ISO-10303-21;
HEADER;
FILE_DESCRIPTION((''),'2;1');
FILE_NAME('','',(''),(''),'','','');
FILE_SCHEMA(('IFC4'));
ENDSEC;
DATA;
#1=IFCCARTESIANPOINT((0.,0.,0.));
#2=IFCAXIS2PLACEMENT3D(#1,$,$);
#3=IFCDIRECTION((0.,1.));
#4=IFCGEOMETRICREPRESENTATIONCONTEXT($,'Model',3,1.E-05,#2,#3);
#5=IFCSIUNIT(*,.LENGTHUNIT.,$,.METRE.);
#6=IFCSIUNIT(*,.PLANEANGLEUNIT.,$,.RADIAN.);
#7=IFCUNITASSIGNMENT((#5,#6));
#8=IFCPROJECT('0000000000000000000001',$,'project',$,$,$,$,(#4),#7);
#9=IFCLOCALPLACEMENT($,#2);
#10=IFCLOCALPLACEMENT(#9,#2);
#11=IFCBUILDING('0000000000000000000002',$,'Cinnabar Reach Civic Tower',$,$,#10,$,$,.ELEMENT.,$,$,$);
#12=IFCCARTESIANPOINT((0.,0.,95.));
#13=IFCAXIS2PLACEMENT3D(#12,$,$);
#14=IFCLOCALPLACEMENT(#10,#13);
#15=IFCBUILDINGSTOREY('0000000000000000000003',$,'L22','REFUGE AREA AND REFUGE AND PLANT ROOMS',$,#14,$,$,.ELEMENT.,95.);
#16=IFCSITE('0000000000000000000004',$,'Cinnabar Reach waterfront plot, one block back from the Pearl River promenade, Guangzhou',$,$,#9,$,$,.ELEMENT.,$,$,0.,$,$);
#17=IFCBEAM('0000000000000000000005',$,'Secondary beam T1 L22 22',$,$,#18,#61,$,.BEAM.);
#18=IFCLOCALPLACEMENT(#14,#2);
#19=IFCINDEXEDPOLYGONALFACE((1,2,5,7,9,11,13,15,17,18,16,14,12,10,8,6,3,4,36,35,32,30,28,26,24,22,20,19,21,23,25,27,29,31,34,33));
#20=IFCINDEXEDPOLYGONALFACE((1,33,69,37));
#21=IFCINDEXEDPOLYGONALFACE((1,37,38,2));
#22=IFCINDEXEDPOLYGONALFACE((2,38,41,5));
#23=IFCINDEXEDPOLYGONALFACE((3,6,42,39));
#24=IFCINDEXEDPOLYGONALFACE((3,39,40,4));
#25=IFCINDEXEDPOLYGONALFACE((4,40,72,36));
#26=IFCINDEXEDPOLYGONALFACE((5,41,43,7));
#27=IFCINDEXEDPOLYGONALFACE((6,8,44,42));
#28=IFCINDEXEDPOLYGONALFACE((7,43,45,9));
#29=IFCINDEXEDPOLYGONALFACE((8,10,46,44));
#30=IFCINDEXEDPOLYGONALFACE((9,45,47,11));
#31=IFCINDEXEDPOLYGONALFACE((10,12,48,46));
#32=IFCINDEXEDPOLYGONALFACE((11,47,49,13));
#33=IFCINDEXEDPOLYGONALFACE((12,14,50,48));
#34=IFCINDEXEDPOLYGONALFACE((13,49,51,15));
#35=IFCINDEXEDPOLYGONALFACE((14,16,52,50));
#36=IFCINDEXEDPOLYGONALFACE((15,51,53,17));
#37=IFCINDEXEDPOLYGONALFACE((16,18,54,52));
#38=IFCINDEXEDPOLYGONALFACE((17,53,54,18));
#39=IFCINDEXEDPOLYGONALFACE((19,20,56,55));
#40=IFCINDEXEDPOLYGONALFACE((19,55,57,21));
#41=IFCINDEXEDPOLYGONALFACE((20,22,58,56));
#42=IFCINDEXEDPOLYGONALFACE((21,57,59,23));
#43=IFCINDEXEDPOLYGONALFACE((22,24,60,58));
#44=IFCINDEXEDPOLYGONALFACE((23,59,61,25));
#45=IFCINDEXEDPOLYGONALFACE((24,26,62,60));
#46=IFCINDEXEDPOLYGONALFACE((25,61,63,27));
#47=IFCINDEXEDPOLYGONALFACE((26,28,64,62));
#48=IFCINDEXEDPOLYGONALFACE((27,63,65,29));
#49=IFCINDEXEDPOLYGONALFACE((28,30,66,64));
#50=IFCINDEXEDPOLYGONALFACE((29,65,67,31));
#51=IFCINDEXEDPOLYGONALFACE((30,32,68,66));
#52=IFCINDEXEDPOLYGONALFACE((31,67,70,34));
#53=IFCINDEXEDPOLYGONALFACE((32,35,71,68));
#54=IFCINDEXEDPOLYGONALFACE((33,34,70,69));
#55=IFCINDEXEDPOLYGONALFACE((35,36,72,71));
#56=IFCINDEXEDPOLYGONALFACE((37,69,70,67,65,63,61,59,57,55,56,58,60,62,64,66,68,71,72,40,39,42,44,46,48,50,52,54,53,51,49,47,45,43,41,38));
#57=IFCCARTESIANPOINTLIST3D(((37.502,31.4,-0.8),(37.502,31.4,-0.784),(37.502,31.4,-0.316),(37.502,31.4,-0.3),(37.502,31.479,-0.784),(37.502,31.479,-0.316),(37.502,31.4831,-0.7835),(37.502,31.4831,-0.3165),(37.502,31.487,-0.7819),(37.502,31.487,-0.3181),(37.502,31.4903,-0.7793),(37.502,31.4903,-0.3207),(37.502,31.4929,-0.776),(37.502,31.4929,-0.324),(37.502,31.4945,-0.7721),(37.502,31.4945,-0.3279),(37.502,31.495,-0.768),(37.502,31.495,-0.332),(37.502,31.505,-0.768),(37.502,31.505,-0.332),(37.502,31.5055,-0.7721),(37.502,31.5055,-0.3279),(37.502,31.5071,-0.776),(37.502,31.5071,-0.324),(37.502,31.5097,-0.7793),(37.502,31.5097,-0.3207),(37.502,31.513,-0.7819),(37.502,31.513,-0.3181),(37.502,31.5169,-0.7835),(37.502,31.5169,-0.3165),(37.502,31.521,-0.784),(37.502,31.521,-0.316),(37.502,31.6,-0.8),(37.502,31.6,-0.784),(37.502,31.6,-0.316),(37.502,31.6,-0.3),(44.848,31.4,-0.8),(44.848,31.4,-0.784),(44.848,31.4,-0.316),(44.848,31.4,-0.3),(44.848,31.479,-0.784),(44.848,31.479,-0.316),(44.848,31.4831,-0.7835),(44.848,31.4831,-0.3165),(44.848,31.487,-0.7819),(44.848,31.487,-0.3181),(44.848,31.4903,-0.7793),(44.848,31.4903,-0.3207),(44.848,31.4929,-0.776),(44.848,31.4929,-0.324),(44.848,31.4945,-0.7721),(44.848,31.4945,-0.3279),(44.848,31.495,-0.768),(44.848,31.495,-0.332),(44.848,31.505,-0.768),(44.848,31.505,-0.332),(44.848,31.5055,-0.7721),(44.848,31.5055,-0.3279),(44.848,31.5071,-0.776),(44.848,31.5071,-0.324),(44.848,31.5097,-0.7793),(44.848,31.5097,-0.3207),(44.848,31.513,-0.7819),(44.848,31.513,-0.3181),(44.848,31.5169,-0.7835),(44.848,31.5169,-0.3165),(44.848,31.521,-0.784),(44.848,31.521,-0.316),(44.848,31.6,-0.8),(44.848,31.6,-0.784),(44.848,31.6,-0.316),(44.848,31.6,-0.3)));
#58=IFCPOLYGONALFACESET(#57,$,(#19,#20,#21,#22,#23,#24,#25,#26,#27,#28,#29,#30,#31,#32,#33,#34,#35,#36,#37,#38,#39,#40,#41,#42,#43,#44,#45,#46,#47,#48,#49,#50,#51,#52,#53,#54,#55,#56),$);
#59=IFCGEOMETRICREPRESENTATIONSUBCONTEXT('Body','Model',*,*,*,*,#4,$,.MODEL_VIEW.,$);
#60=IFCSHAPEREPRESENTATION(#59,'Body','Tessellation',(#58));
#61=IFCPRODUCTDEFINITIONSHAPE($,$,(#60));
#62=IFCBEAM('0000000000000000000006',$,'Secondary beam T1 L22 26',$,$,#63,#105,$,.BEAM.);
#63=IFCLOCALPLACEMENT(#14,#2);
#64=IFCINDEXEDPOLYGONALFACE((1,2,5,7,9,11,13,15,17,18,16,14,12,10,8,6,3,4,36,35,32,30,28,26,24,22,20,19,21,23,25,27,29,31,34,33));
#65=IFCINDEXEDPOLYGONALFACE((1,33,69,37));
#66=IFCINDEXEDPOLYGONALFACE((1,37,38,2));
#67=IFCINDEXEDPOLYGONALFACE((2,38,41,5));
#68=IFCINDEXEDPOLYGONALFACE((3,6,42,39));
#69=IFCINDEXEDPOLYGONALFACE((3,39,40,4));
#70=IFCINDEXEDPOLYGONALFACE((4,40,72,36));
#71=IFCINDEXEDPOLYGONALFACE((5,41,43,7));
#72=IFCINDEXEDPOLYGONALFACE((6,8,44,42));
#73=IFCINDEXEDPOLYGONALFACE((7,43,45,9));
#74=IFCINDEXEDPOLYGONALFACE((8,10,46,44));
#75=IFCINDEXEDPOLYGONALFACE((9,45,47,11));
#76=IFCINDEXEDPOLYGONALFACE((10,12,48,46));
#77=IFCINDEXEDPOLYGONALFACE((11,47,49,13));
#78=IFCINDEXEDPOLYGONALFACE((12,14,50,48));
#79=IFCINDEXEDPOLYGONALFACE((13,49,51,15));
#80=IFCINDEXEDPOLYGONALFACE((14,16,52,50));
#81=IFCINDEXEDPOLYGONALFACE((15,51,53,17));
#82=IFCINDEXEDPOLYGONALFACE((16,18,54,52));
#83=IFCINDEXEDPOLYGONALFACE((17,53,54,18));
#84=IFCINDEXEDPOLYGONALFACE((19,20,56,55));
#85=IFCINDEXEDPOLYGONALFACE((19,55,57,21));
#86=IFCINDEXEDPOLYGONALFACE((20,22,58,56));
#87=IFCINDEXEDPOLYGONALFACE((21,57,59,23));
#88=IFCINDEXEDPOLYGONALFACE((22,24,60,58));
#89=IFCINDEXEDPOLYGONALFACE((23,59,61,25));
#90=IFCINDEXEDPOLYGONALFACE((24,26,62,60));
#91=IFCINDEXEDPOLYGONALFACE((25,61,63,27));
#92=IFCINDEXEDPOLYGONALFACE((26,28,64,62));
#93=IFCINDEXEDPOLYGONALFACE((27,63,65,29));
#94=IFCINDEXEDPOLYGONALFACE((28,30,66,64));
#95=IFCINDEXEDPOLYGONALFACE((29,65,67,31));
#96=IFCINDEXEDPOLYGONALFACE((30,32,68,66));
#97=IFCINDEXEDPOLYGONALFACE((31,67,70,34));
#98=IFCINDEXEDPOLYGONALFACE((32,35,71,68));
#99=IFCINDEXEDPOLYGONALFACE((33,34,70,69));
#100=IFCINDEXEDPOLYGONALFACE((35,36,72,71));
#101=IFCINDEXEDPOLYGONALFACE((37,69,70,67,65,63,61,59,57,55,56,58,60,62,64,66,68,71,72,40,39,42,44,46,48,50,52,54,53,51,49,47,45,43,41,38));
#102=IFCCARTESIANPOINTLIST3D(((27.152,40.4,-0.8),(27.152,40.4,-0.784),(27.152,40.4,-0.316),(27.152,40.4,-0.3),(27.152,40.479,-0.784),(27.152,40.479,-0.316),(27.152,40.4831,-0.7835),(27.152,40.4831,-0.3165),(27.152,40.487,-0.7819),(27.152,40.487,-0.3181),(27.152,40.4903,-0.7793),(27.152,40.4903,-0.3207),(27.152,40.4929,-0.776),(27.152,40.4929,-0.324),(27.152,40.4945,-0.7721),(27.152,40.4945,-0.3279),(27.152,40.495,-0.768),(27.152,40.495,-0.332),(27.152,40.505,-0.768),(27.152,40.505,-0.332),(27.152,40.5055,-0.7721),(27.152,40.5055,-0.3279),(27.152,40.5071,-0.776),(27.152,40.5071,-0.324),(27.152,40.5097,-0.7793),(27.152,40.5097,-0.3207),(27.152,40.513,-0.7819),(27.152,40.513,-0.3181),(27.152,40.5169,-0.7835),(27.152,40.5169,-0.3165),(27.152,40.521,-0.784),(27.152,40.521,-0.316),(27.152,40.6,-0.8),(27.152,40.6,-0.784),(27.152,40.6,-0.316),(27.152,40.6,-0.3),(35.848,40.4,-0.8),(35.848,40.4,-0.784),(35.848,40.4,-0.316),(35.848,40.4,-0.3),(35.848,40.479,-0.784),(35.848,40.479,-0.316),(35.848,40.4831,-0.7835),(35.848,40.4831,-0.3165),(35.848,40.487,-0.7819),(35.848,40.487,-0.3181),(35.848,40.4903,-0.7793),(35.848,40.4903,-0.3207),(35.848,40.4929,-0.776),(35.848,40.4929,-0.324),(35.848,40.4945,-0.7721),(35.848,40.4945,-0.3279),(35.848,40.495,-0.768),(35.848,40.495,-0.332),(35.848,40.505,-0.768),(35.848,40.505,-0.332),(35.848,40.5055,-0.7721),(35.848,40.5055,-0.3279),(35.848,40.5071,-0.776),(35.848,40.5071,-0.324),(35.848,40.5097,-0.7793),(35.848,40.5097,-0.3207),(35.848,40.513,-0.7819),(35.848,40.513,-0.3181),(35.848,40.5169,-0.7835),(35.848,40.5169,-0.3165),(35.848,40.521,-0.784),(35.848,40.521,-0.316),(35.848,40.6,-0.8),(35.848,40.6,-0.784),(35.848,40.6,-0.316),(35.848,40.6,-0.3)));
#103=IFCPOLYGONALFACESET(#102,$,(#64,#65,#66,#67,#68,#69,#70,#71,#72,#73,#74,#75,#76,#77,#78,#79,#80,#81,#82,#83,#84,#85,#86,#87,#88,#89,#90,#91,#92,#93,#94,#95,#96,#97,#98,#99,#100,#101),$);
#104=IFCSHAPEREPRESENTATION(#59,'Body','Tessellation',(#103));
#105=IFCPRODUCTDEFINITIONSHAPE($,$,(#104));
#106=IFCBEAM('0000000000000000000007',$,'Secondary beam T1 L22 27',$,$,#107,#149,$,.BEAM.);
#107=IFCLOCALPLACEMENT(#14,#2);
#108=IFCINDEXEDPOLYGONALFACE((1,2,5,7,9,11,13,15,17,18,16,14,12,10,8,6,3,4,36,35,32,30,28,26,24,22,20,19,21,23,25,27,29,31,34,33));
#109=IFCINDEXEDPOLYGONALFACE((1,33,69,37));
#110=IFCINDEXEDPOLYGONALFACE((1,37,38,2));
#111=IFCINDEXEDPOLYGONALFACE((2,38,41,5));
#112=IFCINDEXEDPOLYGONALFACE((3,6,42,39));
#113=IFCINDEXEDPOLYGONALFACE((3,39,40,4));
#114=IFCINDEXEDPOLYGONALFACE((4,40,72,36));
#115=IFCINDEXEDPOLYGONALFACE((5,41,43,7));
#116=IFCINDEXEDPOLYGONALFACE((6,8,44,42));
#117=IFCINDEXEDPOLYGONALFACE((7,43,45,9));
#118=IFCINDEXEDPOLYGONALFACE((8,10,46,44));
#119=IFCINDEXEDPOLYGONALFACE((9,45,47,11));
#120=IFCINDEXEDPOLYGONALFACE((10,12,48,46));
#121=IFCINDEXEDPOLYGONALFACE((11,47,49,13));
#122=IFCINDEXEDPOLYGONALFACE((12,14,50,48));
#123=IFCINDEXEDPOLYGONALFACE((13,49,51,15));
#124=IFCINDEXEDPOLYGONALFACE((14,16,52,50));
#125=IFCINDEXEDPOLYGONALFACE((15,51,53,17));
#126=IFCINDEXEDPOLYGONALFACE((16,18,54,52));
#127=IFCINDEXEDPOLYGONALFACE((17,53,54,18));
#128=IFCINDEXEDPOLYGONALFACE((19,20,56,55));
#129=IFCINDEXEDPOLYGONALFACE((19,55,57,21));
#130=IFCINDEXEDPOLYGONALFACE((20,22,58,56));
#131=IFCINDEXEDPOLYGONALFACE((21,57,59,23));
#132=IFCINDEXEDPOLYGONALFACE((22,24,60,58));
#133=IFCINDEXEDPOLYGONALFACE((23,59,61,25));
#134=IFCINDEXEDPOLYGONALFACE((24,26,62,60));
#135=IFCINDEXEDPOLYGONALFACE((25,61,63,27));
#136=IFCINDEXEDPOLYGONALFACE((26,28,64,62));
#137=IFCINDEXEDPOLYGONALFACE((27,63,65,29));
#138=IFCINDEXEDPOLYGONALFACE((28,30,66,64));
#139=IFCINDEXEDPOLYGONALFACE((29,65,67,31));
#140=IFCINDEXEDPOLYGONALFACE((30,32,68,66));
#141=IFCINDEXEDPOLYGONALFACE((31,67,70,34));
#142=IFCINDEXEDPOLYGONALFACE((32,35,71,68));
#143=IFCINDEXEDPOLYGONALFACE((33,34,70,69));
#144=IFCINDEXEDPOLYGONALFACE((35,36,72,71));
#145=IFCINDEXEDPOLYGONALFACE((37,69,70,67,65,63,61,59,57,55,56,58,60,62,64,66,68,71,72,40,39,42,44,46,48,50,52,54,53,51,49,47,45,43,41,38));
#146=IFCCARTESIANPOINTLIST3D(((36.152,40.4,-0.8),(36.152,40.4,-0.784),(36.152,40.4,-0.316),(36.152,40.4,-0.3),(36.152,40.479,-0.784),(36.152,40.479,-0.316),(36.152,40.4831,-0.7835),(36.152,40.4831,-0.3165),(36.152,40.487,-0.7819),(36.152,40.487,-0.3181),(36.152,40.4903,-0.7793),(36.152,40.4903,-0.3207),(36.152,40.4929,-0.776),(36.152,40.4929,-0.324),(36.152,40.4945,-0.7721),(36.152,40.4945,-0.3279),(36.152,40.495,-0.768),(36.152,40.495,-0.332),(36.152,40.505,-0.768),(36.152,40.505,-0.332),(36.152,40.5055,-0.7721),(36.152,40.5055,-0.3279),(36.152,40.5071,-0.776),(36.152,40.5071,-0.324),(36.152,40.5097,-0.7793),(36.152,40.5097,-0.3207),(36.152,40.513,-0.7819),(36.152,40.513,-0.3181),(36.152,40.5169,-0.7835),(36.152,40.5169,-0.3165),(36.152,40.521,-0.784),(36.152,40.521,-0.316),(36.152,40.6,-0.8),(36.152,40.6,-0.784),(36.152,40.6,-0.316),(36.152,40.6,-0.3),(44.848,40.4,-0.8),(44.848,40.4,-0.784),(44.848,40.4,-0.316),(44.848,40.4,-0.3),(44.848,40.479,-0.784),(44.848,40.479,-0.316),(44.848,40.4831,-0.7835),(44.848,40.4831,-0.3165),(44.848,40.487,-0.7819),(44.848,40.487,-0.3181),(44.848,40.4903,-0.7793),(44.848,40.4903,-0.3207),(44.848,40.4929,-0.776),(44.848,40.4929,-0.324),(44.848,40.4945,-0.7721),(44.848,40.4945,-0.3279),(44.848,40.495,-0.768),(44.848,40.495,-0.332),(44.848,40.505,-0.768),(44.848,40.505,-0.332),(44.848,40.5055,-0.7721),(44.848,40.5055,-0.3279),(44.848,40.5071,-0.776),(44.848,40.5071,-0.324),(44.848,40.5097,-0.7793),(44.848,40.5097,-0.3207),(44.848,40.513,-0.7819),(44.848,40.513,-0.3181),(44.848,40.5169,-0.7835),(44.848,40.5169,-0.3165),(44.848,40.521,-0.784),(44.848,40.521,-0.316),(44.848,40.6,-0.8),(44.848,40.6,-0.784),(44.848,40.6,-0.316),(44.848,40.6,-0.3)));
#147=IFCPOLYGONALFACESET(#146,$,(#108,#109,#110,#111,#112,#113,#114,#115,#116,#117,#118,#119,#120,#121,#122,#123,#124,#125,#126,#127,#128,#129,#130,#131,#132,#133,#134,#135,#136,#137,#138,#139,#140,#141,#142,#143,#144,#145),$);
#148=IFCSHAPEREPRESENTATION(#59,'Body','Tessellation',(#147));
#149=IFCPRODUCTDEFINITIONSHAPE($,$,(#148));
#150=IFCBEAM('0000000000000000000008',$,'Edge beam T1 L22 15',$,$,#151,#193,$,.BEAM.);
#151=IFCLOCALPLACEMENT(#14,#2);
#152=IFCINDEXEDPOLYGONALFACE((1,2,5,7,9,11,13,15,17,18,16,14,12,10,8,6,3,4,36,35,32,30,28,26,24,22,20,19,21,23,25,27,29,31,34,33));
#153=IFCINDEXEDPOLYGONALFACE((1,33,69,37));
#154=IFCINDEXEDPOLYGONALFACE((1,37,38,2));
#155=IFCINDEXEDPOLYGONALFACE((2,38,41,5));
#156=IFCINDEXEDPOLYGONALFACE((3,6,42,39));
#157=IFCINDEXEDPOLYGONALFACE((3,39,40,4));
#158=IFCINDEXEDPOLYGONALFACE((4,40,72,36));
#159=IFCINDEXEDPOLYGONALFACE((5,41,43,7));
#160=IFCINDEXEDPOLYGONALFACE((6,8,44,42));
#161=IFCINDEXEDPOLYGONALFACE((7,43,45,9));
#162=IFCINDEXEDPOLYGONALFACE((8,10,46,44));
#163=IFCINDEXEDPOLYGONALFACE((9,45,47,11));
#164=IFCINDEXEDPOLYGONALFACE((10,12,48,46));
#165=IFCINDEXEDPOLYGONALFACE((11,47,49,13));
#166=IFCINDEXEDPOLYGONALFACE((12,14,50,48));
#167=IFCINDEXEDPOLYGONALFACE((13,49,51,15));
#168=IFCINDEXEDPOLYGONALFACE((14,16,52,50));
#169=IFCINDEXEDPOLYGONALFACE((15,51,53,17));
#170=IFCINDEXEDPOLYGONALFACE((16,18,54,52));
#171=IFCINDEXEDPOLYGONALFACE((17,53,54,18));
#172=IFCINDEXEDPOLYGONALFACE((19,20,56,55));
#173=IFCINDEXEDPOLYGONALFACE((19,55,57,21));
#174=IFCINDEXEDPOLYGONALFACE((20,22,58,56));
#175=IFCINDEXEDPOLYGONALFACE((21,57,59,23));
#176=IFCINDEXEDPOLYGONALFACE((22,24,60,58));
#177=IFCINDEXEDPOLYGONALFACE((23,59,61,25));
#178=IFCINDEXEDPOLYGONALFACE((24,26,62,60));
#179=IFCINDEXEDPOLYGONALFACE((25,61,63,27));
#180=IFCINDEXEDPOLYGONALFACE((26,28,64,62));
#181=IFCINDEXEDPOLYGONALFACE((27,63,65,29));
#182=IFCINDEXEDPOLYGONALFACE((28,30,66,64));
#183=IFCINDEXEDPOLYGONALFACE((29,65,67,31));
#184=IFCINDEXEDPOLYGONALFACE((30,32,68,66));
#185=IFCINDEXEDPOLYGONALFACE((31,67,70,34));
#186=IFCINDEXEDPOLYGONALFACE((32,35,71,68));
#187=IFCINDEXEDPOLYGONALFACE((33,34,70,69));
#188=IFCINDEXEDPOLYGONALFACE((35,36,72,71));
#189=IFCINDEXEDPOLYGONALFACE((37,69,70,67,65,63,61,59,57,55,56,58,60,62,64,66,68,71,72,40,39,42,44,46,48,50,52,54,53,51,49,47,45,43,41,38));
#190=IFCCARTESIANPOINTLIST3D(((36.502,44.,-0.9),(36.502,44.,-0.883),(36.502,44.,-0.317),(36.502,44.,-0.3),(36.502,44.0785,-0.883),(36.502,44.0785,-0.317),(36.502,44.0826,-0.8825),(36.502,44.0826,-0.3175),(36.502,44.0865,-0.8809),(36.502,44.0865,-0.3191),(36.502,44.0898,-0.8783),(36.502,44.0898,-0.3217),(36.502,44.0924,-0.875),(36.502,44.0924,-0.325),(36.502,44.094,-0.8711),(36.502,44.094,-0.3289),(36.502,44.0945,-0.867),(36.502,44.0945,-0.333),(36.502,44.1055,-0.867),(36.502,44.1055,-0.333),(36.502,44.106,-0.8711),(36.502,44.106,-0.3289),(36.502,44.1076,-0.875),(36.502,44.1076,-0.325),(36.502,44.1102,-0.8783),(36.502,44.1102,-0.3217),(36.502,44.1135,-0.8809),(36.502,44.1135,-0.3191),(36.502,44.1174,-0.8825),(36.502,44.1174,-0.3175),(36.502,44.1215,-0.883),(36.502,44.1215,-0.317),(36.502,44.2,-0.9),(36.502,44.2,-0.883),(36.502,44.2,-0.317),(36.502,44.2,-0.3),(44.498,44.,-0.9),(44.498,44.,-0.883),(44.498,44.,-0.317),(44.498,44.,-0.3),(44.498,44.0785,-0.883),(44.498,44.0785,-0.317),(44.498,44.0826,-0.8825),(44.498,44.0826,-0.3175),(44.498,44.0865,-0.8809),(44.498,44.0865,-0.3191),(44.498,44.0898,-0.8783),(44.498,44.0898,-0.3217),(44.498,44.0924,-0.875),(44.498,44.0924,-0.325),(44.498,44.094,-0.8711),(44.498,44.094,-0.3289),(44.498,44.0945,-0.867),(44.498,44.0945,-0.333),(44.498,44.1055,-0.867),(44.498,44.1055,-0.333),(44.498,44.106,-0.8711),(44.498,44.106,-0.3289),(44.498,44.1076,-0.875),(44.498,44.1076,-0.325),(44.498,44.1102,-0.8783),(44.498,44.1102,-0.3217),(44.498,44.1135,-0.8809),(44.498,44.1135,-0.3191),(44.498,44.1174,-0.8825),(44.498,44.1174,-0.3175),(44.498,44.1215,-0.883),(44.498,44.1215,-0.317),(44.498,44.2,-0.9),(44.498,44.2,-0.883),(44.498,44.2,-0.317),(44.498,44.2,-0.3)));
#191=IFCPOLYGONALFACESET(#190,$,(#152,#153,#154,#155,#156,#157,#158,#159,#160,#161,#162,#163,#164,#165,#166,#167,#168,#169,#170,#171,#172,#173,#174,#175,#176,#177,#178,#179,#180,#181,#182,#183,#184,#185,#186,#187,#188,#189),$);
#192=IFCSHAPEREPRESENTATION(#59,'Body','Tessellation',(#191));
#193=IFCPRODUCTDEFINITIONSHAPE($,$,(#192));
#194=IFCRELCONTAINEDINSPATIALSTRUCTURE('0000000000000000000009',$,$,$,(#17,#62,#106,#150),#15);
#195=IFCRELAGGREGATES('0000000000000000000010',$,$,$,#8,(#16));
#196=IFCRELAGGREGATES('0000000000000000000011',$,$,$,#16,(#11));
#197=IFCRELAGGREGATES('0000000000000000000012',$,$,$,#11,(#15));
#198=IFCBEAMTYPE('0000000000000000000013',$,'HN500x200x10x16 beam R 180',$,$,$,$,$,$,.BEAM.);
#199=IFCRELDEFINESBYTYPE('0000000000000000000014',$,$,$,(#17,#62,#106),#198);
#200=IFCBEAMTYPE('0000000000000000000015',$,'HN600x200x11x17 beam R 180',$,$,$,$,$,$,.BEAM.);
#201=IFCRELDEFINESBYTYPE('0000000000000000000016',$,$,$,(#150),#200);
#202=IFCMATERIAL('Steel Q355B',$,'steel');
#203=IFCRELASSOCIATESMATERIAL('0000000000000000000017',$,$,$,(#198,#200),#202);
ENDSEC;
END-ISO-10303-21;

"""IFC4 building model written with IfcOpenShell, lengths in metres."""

from ifc_helpers import new_model, si_unit, direction, frame, origin, origin_2d, place, context, subcontext, project, spatial, i_section, extrude, material, material_profile, profile_set, type_object, element, save


model = new_model("IFC4")

# Units and contexts
model_context = context("Model", 3, precision=1e-05, world=origin(), true_north=direction((0.0, 1.0)))
body_context = subcontext(model_context, "Body", "Model", "MODEL_VIEW")
ifc_project = project(units=[si_unit("LENGTHUNIT", "METRE"), si_unit("PLANEANGLEUNIT", "RADIAN")], contexts=[model_context])

# Site, building, storey
site_placement = place(None, origin())
site = spatial("IfcSite", under=ifc_project, at=site_placement, Name="Cinnabar Reach waterfront plot, one block back from the Pearl River promenade, Guangzhou", CompositionType="ELEMENT", RefElevation=0.0)
building_placement = place(site_placement, origin())
building = spatial("IfcBuilding", under=site, at=building_placement, Name="Cinnabar Reach Civic Tower", CompositionType="ELEMENT")
storey_placement = place(building_placement, frame((0.0, 0.0, 95.0)))
storey = spatial("IfcBuildingStorey", under=building, at=storey_placement, Name="L22", Description="REFUGE AREA AND REFUGE AND PLANT ROOMS", CompositionType="ELEMENT", Elevation=95.0)

# Beams
ifc_material_1 = material(Name="Steel Q355B", Category="steel")
ifc_material_profile_1 = material_profile(ifc_material_1, i_section(OverallWidth=0.2, OverallDepth=0.5, WebThickness=0.01, FlangeThickness=0.016, FilletRadius=0.016, at=origin_2d()), Name="HN500x200x10x16")
ifc_profile_set_1 = profile_set([ifc_material_profile_1], Name="Steel Q355B")
beam_type_1 = type_object("IfcBeamType", Name="HN500x200x10x16 beam R 180", PredefinedType="BEAM", material=ifc_profile_set_1)
beam_1_placement = place(storey_placement, frame((37.502, 31.5, -0.55), z_axis=(1.0, 0.0, 0.0), x_axis=(0.0, 1.0, 0.0)))
element("IfcBeam", 1, at=beam_1_placement, inside=storey, type_object=beam_type_1, Name="Secondary beam T1 L22 22", PredefinedType="BEAM", context=body_context, shape_type="SweptSolid", body=[
    extrude(i_section(OverallWidth=0.2, OverallDepth=0.5, WebThickness=0.01, FlangeThickness=0.016, FilletRadius=0.016, at=origin_2d()), origin(), (0.0, 0.0, 1.0), 7.346),
])
for number, where, z_axis, x_axis, name in (
    (2, (27.152, 40.5, -0.55), (1.0, 0.0, 0.0), (0.0, 1.0, 0.0), "Secondary beam T1 L22 26"),
    (3, (36.152, 40.5, -0.55), (1.0, 0.0, 0.0), (0.0, 1.0, 0.0), "Secondary beam T1 L22 27"),
):
    element("IfcBeam", number, at=place(storey_placement, frame(where, z_axis=z_axis, x_axis=x_axis)), inside=storey, type_object=beam_type_1, Name=name, PredefinedType="BEAM", context=body_context, shape_type="SweptSolid", body=[
        extrude(i_section(OverallWidth=0.2, OverallDepth=0.5, WebThickness=0.01, FlangeThickness=0.016, FilletRadius=0.016, at=origin_2d()), origin(), (0.0, 0.0, 1.0), 8.696),
    ])
ifc_material_profile_2 = material_profile(ifc_material_1, i_section(OverallWidth=0.2, OverallDepth=0.6, WebThickness=0.011, FlangeThickness=0.017, FilletRadius=0.016, at=origin_2d()), Name="HN600x200x11x17")
ifc_profile_set_2 = profile_set([ifc_material_profile_2], Name="Steel Q355B")
beam_type_2 = type_object("IfcBeamType", Name="HN600x200x11x17 beam R 180", PredefinedType="BEAM", material=ifc_profile_set_2)
for number, where, z_axis, x_axis, name in (
    (4, (44.498, 44.1, -0.6), (-1.0, 0.0, 0.0), (0.0, -1.0, 0.0), "Edge beam T1 L22 15"),
):
    element("IfcBeam", number, at=place(storey_placement, frame(where, z_axis=z_axis, x_axis=x_axis)), inside=storey, type_object=beam_type_2, Name=name, PredefinedType="BEAM", context=body_context, shape_type="SweptSolid", body=[
        extrude(i_section(OverallWidth=0.2, OverallDepth=0.6, WebThickness=0.011, FlangeThickness=0.017, FilletRadius=0.016, at=origin_2d()), origin(), (0.0, 0.0, 1.0), 7.996),
    ])

save(model, "model.ifc")
